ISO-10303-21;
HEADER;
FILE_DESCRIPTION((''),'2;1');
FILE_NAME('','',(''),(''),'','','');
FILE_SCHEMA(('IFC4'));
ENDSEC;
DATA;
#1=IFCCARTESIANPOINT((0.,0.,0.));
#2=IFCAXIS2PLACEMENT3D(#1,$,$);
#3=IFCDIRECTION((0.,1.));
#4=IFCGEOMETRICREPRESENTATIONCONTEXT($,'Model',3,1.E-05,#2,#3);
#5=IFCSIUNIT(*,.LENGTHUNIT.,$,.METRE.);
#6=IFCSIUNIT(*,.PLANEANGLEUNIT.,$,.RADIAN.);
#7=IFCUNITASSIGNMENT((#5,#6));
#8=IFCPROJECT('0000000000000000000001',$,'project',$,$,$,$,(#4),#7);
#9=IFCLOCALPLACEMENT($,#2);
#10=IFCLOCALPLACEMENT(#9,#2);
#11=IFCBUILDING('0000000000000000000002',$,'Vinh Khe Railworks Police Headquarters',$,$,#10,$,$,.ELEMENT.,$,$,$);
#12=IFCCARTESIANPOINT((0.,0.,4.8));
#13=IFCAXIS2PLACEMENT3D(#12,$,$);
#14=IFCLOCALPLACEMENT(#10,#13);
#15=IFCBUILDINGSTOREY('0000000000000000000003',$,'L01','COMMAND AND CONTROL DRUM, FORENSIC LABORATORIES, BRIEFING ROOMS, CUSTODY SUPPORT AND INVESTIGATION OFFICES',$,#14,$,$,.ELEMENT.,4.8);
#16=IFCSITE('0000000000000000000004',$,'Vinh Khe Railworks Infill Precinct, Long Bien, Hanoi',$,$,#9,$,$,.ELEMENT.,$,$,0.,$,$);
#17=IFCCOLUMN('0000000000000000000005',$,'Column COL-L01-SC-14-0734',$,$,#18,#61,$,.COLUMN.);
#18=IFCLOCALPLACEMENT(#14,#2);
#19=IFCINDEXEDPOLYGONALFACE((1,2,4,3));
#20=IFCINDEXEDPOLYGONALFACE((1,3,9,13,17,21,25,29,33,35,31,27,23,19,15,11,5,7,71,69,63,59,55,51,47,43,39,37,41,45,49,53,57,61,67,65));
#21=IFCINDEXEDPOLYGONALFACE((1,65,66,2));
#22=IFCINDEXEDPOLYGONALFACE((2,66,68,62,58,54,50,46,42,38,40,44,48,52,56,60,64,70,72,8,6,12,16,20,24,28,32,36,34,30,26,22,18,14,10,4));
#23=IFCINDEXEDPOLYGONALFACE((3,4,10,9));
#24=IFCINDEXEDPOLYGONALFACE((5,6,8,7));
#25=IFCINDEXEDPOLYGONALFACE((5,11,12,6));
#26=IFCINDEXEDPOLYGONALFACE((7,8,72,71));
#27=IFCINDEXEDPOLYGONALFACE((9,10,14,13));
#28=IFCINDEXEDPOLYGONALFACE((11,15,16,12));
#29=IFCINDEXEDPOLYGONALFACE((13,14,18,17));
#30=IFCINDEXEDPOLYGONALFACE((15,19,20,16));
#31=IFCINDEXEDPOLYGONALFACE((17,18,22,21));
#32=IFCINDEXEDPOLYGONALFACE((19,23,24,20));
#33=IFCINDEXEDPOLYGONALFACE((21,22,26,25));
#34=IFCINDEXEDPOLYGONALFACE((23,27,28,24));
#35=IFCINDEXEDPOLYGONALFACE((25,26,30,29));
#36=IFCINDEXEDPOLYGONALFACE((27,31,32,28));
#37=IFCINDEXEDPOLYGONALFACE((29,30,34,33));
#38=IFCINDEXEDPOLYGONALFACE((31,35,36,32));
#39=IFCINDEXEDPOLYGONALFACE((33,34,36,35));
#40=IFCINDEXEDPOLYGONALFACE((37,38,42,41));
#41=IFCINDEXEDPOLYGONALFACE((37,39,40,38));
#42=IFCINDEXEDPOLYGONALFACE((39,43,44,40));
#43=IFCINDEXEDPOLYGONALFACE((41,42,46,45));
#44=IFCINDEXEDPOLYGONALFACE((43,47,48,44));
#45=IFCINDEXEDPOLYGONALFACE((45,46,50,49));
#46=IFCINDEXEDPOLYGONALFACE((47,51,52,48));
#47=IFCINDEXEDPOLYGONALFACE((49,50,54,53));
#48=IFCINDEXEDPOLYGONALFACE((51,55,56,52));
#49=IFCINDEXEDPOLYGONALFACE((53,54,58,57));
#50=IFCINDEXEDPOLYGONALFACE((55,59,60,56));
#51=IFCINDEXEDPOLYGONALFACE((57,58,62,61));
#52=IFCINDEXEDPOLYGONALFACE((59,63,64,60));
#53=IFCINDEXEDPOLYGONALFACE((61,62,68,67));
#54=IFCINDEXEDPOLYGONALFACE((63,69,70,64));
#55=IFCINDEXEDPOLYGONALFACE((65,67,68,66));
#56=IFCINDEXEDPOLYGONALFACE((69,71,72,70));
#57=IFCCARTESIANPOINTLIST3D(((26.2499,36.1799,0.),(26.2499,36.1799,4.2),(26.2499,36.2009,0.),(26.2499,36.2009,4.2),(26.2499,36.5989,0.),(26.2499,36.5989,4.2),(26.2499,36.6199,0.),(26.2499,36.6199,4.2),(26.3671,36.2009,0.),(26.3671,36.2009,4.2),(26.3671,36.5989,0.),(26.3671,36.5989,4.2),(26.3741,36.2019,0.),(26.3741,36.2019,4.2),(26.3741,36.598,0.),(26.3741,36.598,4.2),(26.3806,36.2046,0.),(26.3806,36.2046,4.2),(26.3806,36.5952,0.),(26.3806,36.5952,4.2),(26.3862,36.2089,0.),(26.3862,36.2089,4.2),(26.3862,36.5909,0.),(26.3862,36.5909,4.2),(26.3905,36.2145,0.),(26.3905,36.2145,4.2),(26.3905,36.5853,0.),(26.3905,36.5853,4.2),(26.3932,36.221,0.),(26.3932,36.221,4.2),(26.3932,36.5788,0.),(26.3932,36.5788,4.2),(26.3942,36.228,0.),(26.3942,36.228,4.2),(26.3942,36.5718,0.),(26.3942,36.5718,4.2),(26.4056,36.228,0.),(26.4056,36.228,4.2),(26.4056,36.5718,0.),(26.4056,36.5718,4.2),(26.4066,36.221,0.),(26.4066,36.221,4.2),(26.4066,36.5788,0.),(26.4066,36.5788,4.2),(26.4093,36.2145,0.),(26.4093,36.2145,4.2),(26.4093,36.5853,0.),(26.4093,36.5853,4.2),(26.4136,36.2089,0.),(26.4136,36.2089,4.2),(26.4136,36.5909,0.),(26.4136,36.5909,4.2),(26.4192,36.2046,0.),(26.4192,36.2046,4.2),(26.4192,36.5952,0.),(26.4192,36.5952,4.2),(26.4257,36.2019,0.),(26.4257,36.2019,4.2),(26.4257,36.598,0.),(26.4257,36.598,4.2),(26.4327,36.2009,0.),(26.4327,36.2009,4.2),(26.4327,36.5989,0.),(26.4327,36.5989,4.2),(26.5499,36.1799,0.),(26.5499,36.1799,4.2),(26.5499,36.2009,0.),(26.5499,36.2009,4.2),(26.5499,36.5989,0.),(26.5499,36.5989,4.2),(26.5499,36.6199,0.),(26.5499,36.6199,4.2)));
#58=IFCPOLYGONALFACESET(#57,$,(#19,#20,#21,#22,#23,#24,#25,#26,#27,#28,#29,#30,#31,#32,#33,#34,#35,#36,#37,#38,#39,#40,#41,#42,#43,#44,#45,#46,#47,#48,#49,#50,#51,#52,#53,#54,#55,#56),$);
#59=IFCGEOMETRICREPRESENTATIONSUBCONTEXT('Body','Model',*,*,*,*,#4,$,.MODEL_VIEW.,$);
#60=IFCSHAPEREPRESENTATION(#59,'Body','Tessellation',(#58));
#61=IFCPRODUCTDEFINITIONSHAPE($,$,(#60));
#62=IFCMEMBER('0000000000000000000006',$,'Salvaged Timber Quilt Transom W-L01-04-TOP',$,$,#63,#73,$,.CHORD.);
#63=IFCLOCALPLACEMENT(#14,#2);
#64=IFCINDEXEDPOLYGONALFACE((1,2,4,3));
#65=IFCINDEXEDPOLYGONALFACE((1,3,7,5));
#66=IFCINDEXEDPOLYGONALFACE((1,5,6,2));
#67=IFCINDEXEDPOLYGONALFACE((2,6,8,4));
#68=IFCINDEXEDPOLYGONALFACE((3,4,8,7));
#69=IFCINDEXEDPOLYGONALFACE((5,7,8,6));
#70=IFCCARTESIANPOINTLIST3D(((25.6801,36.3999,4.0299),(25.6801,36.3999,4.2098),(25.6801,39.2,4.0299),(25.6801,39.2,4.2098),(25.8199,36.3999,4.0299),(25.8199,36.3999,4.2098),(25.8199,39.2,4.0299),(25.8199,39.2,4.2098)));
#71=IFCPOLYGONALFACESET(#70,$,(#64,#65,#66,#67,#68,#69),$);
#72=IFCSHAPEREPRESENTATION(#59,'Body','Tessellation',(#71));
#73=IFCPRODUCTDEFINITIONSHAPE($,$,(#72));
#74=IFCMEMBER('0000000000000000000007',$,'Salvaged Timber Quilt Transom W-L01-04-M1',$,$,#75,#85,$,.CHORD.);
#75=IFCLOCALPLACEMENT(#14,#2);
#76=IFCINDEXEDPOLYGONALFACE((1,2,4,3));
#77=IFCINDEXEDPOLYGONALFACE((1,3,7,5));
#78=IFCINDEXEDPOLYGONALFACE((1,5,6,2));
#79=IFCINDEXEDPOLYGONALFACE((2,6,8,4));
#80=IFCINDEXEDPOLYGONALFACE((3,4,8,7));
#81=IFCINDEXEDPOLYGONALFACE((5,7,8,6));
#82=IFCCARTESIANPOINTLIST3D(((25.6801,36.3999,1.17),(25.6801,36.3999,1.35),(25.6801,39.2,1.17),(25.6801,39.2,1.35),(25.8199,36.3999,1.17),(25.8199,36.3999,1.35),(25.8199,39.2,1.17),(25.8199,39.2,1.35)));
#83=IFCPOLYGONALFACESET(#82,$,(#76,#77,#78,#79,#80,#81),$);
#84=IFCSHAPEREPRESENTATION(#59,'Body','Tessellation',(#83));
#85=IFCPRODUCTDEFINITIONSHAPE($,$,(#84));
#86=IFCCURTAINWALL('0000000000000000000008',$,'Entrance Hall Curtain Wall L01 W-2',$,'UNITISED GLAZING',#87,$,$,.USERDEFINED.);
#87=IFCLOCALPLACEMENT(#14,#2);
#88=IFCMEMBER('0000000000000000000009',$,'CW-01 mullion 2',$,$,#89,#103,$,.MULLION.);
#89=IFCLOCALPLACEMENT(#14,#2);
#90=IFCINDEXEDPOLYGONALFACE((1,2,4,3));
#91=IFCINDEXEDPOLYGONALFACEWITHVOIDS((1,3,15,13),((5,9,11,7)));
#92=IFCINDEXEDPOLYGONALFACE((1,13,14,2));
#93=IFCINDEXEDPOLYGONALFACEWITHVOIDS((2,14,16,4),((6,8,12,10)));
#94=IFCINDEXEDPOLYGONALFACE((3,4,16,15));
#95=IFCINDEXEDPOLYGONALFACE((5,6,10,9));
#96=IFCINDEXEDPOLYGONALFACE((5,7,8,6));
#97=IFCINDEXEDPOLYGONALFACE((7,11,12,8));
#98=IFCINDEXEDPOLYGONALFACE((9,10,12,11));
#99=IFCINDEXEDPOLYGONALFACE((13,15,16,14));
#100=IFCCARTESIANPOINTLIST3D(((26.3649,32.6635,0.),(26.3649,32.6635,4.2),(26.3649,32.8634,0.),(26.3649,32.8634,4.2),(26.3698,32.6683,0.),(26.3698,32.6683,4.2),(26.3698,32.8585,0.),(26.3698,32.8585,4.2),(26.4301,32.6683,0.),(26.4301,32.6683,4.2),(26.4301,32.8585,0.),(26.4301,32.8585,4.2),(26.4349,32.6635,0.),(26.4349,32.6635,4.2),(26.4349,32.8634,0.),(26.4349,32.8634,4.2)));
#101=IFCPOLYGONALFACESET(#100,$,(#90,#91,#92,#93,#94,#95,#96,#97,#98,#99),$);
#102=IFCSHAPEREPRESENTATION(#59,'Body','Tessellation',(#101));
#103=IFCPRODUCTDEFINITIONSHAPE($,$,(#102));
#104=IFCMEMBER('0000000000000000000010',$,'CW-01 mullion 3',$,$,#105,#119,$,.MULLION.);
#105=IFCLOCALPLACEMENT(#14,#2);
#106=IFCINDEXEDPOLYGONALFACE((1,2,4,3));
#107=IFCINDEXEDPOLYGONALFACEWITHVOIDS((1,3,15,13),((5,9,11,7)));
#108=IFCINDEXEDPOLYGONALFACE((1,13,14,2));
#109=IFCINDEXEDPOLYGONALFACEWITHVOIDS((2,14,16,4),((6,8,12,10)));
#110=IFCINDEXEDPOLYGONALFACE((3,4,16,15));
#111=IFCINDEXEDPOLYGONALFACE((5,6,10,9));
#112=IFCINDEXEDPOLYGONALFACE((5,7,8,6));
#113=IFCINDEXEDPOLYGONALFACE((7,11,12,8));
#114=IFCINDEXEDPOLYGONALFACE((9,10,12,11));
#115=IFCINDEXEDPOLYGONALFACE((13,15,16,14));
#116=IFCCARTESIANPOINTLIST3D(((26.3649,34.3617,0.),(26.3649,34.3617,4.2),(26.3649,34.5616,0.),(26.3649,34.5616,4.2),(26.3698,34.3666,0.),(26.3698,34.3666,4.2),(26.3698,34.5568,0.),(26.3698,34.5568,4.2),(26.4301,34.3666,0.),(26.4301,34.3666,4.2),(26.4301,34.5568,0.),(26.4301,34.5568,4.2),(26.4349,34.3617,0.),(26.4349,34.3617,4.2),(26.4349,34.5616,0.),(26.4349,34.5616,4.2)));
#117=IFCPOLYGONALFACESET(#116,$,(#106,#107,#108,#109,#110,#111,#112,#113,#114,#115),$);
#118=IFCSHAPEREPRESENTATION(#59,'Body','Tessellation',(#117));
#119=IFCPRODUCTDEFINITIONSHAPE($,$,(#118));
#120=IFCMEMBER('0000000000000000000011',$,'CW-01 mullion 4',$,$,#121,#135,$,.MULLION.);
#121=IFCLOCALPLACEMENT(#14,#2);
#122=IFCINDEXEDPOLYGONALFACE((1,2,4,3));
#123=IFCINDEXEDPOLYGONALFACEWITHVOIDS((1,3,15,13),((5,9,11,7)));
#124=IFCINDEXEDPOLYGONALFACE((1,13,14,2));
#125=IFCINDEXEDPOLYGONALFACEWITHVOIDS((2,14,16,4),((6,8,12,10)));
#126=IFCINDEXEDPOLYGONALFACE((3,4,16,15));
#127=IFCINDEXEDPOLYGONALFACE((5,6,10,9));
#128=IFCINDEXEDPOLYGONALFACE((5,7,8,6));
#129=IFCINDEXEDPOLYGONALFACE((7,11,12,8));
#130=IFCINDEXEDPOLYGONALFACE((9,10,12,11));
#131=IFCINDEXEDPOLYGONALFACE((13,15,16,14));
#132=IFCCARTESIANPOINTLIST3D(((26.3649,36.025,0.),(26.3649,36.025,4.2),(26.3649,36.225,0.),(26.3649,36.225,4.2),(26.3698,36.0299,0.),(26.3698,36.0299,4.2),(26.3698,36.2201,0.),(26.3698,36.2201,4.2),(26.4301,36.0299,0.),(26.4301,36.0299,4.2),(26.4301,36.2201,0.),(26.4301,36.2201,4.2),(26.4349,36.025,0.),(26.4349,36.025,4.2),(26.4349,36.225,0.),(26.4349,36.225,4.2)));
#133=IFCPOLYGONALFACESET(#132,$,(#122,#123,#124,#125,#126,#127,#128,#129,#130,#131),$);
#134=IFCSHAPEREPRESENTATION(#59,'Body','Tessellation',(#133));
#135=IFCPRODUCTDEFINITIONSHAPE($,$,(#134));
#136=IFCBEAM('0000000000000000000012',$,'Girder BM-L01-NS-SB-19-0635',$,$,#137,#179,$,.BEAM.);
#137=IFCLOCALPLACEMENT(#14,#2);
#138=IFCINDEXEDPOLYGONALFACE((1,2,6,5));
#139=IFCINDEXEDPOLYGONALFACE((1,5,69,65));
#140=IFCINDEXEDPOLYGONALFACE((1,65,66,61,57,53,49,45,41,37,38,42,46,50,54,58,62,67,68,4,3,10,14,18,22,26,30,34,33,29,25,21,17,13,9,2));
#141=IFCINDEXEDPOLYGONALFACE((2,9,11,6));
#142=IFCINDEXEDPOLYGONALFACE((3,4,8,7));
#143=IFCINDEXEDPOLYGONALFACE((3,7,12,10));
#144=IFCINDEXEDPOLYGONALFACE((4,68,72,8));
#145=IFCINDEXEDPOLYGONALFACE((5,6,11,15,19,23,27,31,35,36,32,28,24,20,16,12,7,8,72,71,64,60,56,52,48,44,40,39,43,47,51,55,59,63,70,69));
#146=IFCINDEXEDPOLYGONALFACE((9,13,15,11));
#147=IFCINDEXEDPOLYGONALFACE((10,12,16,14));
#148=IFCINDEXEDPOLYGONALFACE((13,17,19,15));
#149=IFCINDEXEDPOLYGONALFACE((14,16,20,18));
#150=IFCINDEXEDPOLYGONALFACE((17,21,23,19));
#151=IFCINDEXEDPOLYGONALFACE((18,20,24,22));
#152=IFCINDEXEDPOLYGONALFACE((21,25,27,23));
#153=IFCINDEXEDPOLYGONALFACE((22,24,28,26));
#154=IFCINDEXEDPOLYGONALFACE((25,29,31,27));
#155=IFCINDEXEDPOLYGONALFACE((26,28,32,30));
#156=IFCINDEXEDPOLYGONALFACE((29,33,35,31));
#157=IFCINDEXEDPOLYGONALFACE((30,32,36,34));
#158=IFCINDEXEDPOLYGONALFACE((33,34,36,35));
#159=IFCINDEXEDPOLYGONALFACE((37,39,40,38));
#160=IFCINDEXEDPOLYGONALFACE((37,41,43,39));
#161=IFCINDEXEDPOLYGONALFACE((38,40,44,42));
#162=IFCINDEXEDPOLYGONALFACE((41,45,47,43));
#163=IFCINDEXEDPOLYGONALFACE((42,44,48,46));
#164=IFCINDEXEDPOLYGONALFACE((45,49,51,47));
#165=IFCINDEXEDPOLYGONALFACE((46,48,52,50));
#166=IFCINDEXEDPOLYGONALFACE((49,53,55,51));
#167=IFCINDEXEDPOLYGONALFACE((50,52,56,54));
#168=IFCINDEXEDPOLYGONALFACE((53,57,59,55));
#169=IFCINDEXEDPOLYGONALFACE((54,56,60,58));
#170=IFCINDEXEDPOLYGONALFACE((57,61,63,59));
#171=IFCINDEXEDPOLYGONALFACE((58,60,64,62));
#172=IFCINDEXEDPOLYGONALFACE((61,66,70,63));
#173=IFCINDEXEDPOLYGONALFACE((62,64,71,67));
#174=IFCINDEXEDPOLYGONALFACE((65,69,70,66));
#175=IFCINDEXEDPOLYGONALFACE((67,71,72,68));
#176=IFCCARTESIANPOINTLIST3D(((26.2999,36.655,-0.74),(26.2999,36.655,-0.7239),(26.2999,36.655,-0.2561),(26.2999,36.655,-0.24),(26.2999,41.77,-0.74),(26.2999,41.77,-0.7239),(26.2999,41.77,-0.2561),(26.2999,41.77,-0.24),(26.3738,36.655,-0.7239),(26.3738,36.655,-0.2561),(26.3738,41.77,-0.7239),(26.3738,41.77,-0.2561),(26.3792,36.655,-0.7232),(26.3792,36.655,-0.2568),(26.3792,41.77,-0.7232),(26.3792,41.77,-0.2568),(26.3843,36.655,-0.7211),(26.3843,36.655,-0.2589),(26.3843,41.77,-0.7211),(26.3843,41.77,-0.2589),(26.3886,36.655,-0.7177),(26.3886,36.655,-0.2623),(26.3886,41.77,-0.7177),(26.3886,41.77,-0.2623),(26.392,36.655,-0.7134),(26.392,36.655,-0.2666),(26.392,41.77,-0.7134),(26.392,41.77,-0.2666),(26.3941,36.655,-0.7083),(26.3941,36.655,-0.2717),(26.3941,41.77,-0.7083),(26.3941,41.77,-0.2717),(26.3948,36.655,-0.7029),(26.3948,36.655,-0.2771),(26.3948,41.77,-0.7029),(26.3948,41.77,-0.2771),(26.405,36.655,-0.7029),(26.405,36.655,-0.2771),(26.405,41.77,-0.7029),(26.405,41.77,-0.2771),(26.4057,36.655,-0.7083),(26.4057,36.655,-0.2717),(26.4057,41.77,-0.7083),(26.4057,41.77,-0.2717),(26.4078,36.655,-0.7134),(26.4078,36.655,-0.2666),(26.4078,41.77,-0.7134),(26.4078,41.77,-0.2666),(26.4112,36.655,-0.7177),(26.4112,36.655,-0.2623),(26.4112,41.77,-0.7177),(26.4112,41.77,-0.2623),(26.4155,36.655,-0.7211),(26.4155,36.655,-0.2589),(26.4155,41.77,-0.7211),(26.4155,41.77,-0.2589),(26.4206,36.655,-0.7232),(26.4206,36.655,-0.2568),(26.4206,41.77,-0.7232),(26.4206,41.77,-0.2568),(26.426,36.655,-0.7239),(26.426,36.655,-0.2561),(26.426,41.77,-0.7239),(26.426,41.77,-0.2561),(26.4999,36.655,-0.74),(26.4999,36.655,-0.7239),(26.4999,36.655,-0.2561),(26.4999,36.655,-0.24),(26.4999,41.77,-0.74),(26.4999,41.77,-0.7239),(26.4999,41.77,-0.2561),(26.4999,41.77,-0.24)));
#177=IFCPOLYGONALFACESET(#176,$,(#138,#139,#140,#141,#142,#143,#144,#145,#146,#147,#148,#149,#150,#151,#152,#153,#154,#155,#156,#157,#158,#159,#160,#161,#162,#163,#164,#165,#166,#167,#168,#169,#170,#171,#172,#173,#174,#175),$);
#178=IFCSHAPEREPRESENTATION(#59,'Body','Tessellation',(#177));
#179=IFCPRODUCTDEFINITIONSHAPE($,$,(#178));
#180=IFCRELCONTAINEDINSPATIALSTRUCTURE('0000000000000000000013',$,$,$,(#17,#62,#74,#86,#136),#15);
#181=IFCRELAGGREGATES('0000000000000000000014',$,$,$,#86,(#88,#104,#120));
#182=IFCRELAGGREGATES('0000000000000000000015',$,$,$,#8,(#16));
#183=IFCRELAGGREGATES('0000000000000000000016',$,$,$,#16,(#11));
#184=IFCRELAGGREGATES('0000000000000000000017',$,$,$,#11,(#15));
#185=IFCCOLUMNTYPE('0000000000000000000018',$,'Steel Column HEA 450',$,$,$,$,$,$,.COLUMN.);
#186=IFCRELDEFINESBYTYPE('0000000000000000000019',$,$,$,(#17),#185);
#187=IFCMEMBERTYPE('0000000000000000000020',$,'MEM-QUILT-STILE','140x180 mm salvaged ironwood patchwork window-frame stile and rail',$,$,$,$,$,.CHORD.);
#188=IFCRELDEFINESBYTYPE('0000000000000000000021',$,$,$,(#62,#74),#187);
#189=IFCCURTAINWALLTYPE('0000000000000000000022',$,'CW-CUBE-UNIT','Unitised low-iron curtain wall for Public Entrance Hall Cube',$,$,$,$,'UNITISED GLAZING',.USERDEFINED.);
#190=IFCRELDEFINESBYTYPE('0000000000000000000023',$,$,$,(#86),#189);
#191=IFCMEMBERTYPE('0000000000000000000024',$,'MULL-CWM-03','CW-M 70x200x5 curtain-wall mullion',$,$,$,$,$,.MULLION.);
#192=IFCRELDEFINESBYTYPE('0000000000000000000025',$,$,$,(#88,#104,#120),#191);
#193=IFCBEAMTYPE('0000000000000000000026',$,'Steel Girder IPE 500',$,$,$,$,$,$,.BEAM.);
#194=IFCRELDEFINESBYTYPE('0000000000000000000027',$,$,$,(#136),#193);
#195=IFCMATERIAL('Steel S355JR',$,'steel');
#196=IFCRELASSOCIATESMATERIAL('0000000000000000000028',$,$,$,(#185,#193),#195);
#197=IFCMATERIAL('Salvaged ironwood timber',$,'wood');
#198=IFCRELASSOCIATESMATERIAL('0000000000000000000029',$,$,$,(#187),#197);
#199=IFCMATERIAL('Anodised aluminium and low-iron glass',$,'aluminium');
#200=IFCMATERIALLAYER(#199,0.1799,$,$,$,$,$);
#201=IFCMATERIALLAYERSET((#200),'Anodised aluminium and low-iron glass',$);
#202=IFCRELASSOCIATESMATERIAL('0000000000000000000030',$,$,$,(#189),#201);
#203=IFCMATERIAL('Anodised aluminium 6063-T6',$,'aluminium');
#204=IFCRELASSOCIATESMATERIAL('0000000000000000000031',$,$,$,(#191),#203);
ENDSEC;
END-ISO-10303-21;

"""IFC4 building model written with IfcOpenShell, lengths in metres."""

from ifc_helpers import new_model, si_unit, direction, frame, origin, origin_2d, place, context, subcontext, project, spatial, rectangle, hollow_rectangle, i_section, extrude, material, layer, layer_set, material_profile, profile_set, type_object, element, aggregate, save


model = new_model("IFC4")

# Units and contexts
model_context = context("Model", 3, precision=1e-05, world=origin(), true_north=direction((0.0, 1.0)))
body_context = subcontext(model_context, "Body", "Model", "MODEL_VIEW")
ifc_project = project(units=[si_unit("LENGTHUNIT", "METRE"), si_unit("PLANEANGLEUNIT", "RADIAN")], contexts=[model_context])

# Site, building, storey
site_placement = place(None, origin())
site = spatial("IfcSite", under=ifc_project, at=site_placement, Name="Vinh Khe Railworks Infill Precinct, Long Bien, Hanoi", CompositionType="ELEMENT", RefElevation=0.0)
building_placement = place(site_placement, origin())
building = spatial("IfcBuilding", under=site, at=building_placement, Name="Vinh Khe Railworks Police Headquarters", CompositionType="ELEMENT")
storey_placement = place(building_placement, frame((0.0, 0.0, 4.8)))
storey = spatial("IfcBuildingStorey", under=building, at=storey_placement, Name="L01", Description="COMMAND AND CONTROL DRUM, FORENSIC LABORATORIES, BRIEFING ROOMS, CUSTODY SUPPORT AND INVESTIGATION OFFICES", CompositionType="ELEMENT", Elevation=4.8)

# Column
ifc_material_1 = material(Name="Steel S355JR", Category="steel")
ifc_material_profile_1 = material_profile(ifc_material_1, i_section(OverallWidth=0.3, OverallDepth=0.4399, WebThickness=0.0115, FlangeThickness=0.021, FilletRadius=0.0271, at=origin_2d()), Name="HEA 450")
ifc_profile_set_1 = profile_set([ifc_material_profile_1], Name="Steel S355JR")
column_type = type_object("IfcColumnType", Name="Steel Column HEA 450", PredefinedType="COLUMN", material=ifc_profile_set_1)
column_placement = place(storey_placement, frame((26.3999, 36.3999, 0.0), z_axis=(0.0, 0.0, 1.0), x_axis=(1.0, 0.0, 0.0)))
element("IfcColumn", 1, at=column_placement, inside=storey, type_object=column_type, Name="Column COL-L01-SC-14-0734", PredefinedType="COLUMN", context=body_context, shape_type="SweptSolid", body=[
    extrude(i_section(OverallWidth=0.3, OverallDepth=0.4399, WebThickness=0.0115, FlangeThickness=0.021, FilletRadius=0.0271, at=origin_2d()), origin(), (0.0, 0.0, 1.0), 4.2),
])

# Members
ifc_material_2 = material(Name="Salvaged ironwood timber", Category="wood")
ifc_material_profile_2 = material_profile(ifc_material_2, rectangle(XDim=0.1399, YDim=0.1799, at=origin_2d()), Name="TIMBER 140x180")
ifc_profile_set_2 = profile_set([ifc_material_profile_2], Name="Salvaged ironwood timber")
member_type_1 = type_object("IfcMemberType", Name="MEM-QUILT-STILE", Description="140x180 mm salvaged ironwood patchwork window-frame stile and rail", PredefinedType="CHORD", material=ifc_profile_set_2)
for number, where, z_axis, x_axis, name in (
    (2, (25.75, 36.3999, 4.1199), (0.0, 1.0, 0.0), (-1.0, 0.0, 0.0), "Salvaged Timber Quilt Transom W-L01-04-TOP"),
    (3, (25.75, 36.3999, 1.26), (0.0, 1.0, 0.0), (-1.0, 0.0, 0.0), "Salvaged Timber Quilt Transom W-L01-04-M1"),
):
    element("IfcMember", number, at=place(storey_placement, frame(where, z_axis=z_axis, x_axis=x_axis)), inside=storey, type_object=member_type_1, Name=name, PredefinedType="CHORD", context=body_context, shape_type="SweptSolid", body=[
        extrude(rectangle(XDim=0.1399, YDim=0.1799, at=origin_2d()), origin(), (0.0, 0.0, 1.0), 2.8),
    ])

# Curtain wall, members
ifc_material_3 = material(Name="Anodised aluminium and low-iron glass", Category="aluminium")
ifc_layer_1 = layer(ifc_material_3, 0.1799)
ifc_layer_set_1 = layer_set([ifc_layer_1], Name="Anodised aluminium and low-iron glass")
curtain_wall_type = type_object("IfcCurtainWallType", Name="CW-CUBE-UNIT", Description="Unitised low-iron curtain wall for Public Entrance Hall Cube", ElementType="UNITISED GLAZING", PredefinedType="USERDEFINED", material=ifc_layer_set_1)
curtain_wall_placement = place(storey_placement, origin())
curtain_wall = element("IfcCurtainWall", 4, at=curtain_wall_placement, inside=storey, type_object=curtain_wall_type, Name="Entrance Hall Curtain Wall L01 W-2", ObjectType="UNITISED GLAZING", PredefinedType="USERDEFINED")
ifc_material_4 = material(Name="Anodised aluminium 6063-T6", Category="aluminium")
ifc_material_profile_3 = material_profile(ifc_material_4, hollow_rectangle(XDim=0.0701, YDim=0.2, WallThickness=0.0049, at=origin_2d()), Name="CW-M 70x200x5")
ifc_profile_set_3 = profile_set([ifc_material_profile_3], Name="Anodised aluminium 6063-T6")
member_type_2 = type_object("IfcMemberType", Name="MULL-CWM-03", Description="CW-M 70x200x5 curtain-wall mullion", PredefinedType="MULLION", material=ifc_profile_set_3)
member_1_placement = place(storey_placement, frame((26.3999, 32.7634, 0.0), z_axis=(0.0, 0.0, 1.0), x_axis=(-1.0, 0.0, 0.0)))
member_1 = element("IfcMember", 5, at=member_1_placement, type_object=member_type_2, Name="CW-01 mullion 2", PredefinedType="MULLION", context=body_context, shape_type="SweptSolid", body=[
    extrude(hollow_rectangle(XDim=0.0701, YDim=0.2, WallThickness=0.0049, at=origin_2d()), origin(), (0.0, 0.0, 1.0), 4.2),
])
member_2_placement = place(storey_placement, frame((26.3999, 34.4617, 0.0), z_axis=(0.0, 0.0, 1.0), x_axis=(-1.0, 0.0, 0.0)))
member_2 = element("IfcMember", 6, at=member_2_placement, type_object=member_type_2, Name="CW-01 mullion 3", PredefinedType="MULLION", context=body_context, shape_type="SweptSolid", body=[
    extrude(hollow_rectangle(XDim=0.0701, YDim=0.2, WallThickness=0.0049, at=origin_2d()), origin(), (0.0, 0.0, 1.0), 4.2),
])
member_3_placement = place(storey_placement, frame((26.3999, 36.125, 0.0), z_axis=(0.0, 0.0, 1.0), x_axis=(-1.0, 0.0, 0.0)))
member_3 = element("IfcMember", 7, at=member_3_placement, type_object=member_type_2, Name="CW-01 mullion 4", PredefinedType="MULLION", context=body_context, shape_type="SweptSolid", body=[
    extrude(hollow_rectangle(XDim=0.0701, YDim=0.2, WallThickness=0.0049, at=origin_2d()), origin(), (0.0, 0.0, 1.0), 4.2),
])

# Beam
ifc_material_profile_4 = material_profile(ifc_material_1, i_section(OverallWidth=0.2, OverallDepth=0.5, WebThickness=0.0103, FlangeThickness=0.0161, FilletRadius=0.021, at=origin_2d()), Name="IPE 500")
ifc_profile_set_4 = profile_set([ifc_material_profile_4], Name="Steel S355JR")
beam_type = type_object("IfcBeamType", Name="Steel Girder IPE 500", PredefinedType="BEAM", material=ifc_profile_set_4)
beam_placement = place(storey_placement, frame((26.3999, 36.655, -0.49), z_axis=(0.0, 1.0, 0.0), x_axis=(-1.0, 0.0, 0.0)))
element("IfcBeam", 8, at=beam_placement, inside=storey, type_object=beam_type, Name="Girder BM-L01-NS-SB-19-0635", PredefinedType="BEAM", context=body_context, shape_type="SweptSolid", body=[
    extrude(i_section(OverallWidth=0.2, OverallDepth=0.5, WebThickness=0.0103, FlangeThickness=0.0161, FilletRadius=0.021, at=origin_2d()), origin(), (0.0, 0.0, 1.0), 5.115),
])

aggregate(curtain_wall, [member_1, member_2, member_3])

save(model, "model.ifc")
